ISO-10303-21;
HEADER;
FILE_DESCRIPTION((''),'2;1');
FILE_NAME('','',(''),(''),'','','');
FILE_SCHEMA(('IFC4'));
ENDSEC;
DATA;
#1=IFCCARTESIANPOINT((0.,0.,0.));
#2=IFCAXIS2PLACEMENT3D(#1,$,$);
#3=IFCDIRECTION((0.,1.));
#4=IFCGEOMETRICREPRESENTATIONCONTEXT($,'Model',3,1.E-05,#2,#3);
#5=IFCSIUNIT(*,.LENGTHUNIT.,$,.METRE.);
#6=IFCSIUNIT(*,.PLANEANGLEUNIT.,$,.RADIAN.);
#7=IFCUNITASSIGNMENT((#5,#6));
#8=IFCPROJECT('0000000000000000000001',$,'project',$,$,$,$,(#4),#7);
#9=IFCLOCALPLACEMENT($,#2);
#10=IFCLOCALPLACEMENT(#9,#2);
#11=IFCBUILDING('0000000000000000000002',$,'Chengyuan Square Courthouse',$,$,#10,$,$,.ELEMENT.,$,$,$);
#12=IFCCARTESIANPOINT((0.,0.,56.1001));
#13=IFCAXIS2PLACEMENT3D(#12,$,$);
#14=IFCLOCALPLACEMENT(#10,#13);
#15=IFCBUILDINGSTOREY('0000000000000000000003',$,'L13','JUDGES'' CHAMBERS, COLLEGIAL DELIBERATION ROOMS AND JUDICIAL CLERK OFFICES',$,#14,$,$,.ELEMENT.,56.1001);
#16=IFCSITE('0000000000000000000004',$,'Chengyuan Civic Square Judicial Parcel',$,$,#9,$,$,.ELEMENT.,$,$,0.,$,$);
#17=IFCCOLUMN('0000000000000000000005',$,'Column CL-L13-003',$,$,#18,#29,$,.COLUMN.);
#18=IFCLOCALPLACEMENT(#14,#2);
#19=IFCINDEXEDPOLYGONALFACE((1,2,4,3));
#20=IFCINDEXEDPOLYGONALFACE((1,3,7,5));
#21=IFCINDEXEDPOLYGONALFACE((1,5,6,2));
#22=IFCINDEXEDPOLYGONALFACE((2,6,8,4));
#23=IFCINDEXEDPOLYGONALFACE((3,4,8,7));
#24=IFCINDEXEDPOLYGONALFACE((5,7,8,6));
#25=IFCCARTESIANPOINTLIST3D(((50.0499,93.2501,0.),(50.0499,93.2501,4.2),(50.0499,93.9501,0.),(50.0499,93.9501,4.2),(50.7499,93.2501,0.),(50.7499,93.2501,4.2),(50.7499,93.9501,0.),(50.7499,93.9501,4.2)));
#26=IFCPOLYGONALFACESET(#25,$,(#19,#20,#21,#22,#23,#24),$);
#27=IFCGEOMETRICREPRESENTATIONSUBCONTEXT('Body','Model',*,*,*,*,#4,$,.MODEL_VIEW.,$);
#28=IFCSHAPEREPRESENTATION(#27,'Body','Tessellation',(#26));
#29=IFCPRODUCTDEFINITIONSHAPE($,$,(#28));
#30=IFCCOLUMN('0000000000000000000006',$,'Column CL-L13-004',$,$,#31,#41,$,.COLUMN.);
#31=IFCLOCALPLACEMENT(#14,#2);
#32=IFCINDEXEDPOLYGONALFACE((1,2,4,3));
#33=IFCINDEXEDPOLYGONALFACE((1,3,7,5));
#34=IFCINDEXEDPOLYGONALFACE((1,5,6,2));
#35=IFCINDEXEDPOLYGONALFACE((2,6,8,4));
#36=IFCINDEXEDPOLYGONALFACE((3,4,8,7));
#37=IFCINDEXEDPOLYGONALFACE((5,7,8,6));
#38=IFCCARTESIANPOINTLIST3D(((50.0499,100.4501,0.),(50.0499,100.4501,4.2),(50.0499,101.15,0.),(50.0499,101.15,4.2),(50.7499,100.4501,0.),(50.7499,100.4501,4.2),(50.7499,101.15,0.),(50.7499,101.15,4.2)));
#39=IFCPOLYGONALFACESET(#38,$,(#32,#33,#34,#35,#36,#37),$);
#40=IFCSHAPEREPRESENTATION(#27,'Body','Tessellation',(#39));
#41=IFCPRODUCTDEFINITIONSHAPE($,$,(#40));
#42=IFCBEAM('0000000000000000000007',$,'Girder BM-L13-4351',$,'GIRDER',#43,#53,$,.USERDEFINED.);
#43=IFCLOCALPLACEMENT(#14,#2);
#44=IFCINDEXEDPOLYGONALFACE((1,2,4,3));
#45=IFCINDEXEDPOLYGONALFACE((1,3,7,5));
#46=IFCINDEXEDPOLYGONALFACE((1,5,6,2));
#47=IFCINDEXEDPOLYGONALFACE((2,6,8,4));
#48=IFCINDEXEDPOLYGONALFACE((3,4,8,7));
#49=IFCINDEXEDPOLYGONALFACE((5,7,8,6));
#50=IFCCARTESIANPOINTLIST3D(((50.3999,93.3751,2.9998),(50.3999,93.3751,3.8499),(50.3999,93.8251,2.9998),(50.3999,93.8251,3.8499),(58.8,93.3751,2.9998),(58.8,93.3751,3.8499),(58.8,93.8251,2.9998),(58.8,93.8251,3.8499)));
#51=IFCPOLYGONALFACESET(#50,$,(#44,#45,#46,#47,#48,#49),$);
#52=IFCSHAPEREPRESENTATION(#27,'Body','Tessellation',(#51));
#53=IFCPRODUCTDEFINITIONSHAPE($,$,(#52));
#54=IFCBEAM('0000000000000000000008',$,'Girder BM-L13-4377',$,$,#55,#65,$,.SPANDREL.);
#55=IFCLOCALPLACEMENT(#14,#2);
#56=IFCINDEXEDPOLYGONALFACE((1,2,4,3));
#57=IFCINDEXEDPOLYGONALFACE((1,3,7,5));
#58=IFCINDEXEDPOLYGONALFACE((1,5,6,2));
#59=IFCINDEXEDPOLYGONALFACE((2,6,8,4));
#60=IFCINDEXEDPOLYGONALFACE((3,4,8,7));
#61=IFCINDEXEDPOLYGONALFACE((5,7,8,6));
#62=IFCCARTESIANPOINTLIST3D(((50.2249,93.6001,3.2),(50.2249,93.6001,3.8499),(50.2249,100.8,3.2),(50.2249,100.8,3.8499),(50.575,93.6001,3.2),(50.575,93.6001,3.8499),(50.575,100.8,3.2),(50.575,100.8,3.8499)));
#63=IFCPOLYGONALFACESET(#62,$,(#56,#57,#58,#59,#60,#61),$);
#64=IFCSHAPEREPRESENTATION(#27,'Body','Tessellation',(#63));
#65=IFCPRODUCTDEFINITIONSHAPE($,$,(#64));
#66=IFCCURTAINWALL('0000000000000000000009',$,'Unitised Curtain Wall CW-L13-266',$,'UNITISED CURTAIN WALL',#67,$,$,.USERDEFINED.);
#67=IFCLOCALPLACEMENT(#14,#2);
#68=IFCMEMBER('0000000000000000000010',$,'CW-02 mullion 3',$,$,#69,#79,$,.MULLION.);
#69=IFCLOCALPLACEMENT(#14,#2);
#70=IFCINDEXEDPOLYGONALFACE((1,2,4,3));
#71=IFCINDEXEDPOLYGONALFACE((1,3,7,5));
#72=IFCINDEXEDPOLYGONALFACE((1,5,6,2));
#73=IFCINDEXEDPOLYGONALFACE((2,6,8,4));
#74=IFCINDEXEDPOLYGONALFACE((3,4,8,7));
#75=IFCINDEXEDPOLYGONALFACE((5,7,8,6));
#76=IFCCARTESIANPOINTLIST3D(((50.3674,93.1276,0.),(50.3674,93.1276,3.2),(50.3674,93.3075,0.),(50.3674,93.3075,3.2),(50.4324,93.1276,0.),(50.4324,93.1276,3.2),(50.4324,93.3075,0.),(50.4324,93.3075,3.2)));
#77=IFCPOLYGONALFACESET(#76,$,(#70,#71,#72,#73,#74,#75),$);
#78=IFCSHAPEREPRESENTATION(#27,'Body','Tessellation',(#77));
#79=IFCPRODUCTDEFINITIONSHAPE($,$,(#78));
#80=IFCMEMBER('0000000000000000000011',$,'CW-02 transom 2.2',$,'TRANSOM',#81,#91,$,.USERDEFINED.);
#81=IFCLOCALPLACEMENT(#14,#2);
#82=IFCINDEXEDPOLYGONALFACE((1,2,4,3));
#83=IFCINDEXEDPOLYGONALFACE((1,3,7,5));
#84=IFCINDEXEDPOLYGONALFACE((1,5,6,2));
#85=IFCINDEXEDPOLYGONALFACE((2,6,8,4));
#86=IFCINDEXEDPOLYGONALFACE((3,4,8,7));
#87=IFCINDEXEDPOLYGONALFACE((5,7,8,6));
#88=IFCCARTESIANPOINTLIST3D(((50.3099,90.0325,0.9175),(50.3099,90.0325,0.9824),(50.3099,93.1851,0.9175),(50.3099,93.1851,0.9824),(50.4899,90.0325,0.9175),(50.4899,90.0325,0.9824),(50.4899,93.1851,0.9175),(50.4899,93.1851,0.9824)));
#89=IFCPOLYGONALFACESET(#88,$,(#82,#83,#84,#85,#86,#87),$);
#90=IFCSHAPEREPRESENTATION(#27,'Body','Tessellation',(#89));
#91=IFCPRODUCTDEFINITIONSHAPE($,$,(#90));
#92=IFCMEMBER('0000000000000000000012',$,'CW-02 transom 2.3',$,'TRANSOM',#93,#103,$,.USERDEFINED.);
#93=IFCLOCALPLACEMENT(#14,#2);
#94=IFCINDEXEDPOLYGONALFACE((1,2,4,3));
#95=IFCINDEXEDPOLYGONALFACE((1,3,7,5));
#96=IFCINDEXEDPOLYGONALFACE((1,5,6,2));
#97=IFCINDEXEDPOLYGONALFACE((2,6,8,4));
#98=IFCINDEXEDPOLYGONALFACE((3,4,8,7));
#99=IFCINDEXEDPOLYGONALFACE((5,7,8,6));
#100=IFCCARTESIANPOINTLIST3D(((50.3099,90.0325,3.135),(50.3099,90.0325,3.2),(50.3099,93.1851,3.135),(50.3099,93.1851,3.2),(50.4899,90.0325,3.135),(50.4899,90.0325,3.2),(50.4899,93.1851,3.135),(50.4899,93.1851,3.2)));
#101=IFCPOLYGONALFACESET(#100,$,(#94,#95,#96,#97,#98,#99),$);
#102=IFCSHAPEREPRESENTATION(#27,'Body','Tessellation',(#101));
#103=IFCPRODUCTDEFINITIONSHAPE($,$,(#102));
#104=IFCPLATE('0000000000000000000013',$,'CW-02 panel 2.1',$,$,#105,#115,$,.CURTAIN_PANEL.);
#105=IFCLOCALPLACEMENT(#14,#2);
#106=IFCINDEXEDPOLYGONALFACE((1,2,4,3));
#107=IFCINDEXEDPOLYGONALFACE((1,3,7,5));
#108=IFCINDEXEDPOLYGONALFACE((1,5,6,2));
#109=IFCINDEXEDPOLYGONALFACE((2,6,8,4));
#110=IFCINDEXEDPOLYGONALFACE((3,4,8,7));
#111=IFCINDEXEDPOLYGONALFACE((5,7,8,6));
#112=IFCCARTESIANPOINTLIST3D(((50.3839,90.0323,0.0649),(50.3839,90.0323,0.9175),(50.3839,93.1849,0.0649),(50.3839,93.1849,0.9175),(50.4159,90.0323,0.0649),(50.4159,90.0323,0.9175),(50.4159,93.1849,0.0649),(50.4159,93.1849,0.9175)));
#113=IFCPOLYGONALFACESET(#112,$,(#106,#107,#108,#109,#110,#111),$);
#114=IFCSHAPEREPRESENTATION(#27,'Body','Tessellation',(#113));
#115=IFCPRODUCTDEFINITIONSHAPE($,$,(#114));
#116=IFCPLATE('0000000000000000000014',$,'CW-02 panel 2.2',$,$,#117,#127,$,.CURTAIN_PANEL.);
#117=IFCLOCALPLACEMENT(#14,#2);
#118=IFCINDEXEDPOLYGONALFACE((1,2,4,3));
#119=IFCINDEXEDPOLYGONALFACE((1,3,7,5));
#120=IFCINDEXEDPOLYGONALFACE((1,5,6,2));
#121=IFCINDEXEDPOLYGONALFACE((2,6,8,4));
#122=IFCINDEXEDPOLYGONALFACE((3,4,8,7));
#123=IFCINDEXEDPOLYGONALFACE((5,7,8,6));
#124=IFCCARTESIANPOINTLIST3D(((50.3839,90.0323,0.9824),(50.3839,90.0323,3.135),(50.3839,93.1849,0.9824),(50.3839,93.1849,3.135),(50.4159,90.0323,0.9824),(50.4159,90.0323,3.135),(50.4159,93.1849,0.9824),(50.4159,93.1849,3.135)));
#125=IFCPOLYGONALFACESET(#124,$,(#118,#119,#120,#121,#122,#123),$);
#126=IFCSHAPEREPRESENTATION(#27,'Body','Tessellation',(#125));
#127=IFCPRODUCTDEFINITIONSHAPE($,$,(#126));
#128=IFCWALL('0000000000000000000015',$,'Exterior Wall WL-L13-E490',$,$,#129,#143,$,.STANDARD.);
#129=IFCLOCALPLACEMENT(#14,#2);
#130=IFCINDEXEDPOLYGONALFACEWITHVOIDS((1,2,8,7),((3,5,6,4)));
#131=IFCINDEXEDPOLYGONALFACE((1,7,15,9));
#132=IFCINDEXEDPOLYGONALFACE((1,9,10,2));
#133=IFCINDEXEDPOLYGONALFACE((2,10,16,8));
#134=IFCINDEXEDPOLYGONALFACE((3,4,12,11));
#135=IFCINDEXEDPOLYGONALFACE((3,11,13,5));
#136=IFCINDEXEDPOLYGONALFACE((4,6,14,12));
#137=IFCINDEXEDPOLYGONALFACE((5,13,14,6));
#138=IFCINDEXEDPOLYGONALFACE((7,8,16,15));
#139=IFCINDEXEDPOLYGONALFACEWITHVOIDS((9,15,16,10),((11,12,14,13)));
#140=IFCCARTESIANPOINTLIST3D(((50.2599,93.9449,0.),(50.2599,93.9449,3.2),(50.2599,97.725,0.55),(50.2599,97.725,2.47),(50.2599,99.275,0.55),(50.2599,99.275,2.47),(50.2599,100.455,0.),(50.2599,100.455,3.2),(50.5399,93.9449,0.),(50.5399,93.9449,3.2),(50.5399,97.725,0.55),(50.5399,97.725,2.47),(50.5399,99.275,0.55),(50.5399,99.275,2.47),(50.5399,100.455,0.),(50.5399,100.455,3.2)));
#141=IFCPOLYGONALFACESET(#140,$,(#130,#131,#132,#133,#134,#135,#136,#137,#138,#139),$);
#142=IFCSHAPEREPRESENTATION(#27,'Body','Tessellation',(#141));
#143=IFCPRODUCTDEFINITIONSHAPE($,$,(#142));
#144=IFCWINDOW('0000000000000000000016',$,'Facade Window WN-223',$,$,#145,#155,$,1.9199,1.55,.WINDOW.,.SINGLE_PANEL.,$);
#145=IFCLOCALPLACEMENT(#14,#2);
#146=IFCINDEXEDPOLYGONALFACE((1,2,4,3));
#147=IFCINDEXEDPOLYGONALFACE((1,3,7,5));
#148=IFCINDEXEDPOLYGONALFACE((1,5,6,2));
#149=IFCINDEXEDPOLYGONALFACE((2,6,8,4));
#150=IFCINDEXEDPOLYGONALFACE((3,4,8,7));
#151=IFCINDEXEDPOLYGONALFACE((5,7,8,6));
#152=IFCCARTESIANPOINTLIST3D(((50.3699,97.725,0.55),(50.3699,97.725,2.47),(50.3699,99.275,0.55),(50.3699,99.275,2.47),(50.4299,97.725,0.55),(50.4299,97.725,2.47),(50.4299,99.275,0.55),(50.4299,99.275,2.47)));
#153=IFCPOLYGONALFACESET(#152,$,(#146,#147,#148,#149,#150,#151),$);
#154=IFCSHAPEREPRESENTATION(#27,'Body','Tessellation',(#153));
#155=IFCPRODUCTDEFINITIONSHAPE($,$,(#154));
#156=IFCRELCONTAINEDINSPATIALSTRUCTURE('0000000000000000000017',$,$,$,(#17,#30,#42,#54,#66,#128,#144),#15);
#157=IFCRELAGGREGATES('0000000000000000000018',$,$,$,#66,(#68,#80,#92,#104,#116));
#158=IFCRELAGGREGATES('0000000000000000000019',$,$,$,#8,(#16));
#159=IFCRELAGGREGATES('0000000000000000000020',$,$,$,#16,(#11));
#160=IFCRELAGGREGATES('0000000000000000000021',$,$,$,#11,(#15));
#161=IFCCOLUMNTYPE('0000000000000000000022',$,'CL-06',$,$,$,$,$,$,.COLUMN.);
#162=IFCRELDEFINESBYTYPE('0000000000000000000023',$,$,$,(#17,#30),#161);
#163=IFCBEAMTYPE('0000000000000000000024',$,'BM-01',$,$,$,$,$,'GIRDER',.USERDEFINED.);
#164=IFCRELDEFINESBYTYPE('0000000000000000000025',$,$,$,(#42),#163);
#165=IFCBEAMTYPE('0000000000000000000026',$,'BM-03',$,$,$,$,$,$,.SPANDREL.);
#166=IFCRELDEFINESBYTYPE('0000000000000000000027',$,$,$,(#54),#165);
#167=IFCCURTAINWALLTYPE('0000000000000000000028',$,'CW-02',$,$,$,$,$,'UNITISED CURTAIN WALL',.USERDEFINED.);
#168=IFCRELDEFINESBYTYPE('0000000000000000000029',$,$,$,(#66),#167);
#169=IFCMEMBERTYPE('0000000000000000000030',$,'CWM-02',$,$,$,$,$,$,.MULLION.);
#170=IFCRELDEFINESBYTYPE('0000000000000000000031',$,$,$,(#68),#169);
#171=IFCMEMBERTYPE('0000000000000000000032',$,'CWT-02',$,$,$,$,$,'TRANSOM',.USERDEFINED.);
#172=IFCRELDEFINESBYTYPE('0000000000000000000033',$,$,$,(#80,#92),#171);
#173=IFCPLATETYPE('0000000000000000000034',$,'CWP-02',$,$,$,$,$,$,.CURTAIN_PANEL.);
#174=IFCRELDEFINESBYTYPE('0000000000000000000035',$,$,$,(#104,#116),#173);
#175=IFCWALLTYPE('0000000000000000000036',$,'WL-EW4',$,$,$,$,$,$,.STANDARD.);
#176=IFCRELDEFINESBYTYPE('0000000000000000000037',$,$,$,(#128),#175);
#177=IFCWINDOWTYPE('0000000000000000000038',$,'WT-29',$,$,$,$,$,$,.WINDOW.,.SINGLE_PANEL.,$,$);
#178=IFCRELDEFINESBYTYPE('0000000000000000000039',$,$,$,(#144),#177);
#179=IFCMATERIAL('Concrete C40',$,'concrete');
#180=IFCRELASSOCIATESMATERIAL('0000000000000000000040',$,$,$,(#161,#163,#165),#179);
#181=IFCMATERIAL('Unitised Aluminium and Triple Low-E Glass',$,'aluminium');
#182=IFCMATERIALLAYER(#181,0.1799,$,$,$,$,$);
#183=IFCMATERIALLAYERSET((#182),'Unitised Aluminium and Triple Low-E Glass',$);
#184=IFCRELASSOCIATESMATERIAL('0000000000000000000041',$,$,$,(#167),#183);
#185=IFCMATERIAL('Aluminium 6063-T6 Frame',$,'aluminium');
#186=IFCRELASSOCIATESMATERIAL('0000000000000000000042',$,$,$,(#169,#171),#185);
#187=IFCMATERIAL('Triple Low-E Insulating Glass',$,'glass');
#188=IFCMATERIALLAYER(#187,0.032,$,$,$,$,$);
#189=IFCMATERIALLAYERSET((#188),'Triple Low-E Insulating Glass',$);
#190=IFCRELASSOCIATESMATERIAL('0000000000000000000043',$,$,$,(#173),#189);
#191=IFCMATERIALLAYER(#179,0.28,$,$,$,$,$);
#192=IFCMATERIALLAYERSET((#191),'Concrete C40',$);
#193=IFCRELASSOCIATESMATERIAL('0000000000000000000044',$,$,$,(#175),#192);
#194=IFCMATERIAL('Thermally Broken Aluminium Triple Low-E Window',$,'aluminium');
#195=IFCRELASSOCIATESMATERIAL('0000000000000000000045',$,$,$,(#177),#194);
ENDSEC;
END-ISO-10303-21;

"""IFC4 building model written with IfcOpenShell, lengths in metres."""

from ifc_helpers import new_model, si_unit, direction, frame, frame_2d, origin, origin_2d, place, context, subcontext, project, spatial, rectangle, extrude, material, layer, layer_set, material_profile, profile_set, type_object, element, fill, aggregate, save


model = new_model("IFC4")

# Units and contexts
model_context = context("Model", 3, precision=1e-05, world=origin(), true_north=direction((0.0, 1.0)))
body_context = subcontext(model_context, "Body", "Model", "MODEL_VIEW")
ifc_project = project(units=[si_unit("LENGTHUNIT", "METRE"), si_unit("PLANEANGLEUNIT", "RADIAN")], contexts=[model_context])

# Site, building, storey
site_placement = place(None, origin())
site = spatial("IfcSite", under=ifc_project, at=site_placement, Name="Chengyuan Civic Square Judicial Parcel", CompositionType="ELEMENT", RefElevation=0.0)
building_placement = place(site_placement, origin())
building = spatial("IfcBuilding", under=site, at=building_placement, Name="Chengyuan Square Courthouse", CompositionType="ELEMENT")
storey_placement = place(building_placement, frame((0.0, 0.0, 56.1001)))
storey = spatial("IfcBuildingStorey", under=building, at=storey_placement, Name="L13", Description="JUDGES' CHAMBERS, COLLEGIAL DELIBERATION ROOMS AND JUDICIAL CLERK OFFICES", CompositionType="ELEMENT", Elevation=56.1001)

# Columns
ifc_material_1 = material(Name="Concrete C40", Category="concrete")
ifc_material_profile_1 = material_profile(ifc_material_1, rectangle(XDim=0.7, YDim=0.7, at=origin_2d()), Name="RC-COL-700x700")
ifc_profile_set_1 = profile_set([ifc_material_profile_1], Name="Concrete C40")
column_type = type_object("IfcColumnType", Name="CL-06", PredefinedType="COLUMN", material=ifc_profile_set_1)
for number, where, z_axis, x_axis, name in (
    (1, (50.3999, 93.6001, 0.0), (0.0, 0.0, 1.0), (1.0, 0.0, 0.0), "Column CL-L13-003"),
    (2, (50.3999, 100.8, 0.0), (0.0, 0.0, 1.0), (1.0, 0.0, 0.0), "Column CL-L13-004"),
):
    element("IfcColumn", number, at=place(storey_placement, frame(where, z_axis=z_axis, x_axis=x_axis)), inside=storey, type_object=column_type, Name=name, PredefinedType="COLUMN", context=body_context, shape_type="SweptSolid", body=[
        extrude(rectangle(XDim=0.7, YDim=0.7, at=origin_2d()), origin(), (0.0, 0.0, 1.0), 4.2),
    ])

# Beams
ifc_material_profile_2 = material_profile(ifc_material_1, rectangle(XDim=0.45, YDim=0.8501, at=origin_2d()), Name="RC-BM-450x850")
ifc_profile_set_2 = profile_set([ifc_material_profile_2], Name="Concrete C40")
beam_type_1 = type_object("IfcBeamType", Name="BM-01", ElementType="GIRDER", PredefinedType="USERDEFINED", material=ifc_profile_set_2)
beam_1_placement = place(storey_placement, frame((50.3999, 93.6001, 3.4248), z_axis=(1.0, 0.0, 0.0), x_axis=(0.0, 1.0, 0.0)))
element("IfcBeam", 3, at=beam_1_placement, inside=storey, type_object=beam_type_1, Name="Girder BM-L13-4351", ObjectType="GIRDER", PredefinedType="USERDEFINED", context=body_context, shape_type="SweptSolid", body=[
    extrude(rectangle(XDim=0.45, YDim=0.8501, at=origin_2d()), origin(), (0.0, 0.0, 1.0), 8.4001),
])
ifc_material_profile_3 = material_profile(ifc_material_1, rectangle(XDim=0.3501, YDim=0.6499, at=origin_2d()), Name="RC-BM-350x650")
ifc_profile_set_3 = profile_set([ifc_material_profile_3], Name="Concrete C40")
beam_type_2 = type_object("IfcBeamType", Name="BM-03", PredefinedType="SPANDREL", material=ifc_profile_set_3)
beam_2_placement = place(storey_placement, frame((50.3999, 93.6001, 3.5249), z_axis=(0.0, 1.0, 0.0), x_axis=(-1.0, 0.0, 0.0)))
element("IfcBeam", 4, at=beam_2_placement, inside=storey, type_object=beam_type_2, Name="Girder BM-L13-4377", PredefinedType="SPANDREL", context=body_context, shape_type="SweptSolid", body=[
    extrude(rectangle(XDim=0.3501, YDim=0.6499, at=origin_2d()), origin(), (0.0, 0.0, 1.0), 7.2),
])

# Curtain wall, members, plates
ifc_material_2 = material(Name="Unitised Aluminium and Triple Low-E Glass", Category="aluminium")
ifc_layer_1 = layer(ifc_material_2, 0.1799)
ifc_layer_set_1 = layer_set([ifc_layer_1], Name="Unitised Aluminium and Triple Low-E Glass")
curtain_wall_type = type_object("IfcCurtainWallType", Name="CW-02", ElementType="UNITISED CURTAIN WALL", PredefinedType="USERDEFINED", material=ifc_layer_set_1)
curtain_wall_placement = place(storey_placement, origin())
curtain_wall = element("IfcCurtainWall", 5, at=curtain_wall_placement, inside=storey, type_object=curtain_wall_type, Name="Unitised Curtain Wall CW-L13-266", ObjectType="UNITISED CURTAIN WALL", PredefinedType="USERDEFINED")
ifc_material_3 = material(Name="Aluminium 6063-T6 Frame", Category="aluminium")
ifc_material_profile_4 = material_profile(ifc_material_3, rectangle(XDim=0.0649, YDim=0.1799, at=origin_2d()), Name="CW-MUL-65x180")
ifc_profile_set_4 = profile_set([ifc_material_profile_4], Name="Aluminium 6063-T6 Frame")
member_type_1 = type_object("IfcMemberType", Name="CWM-02", PredefinedType="MULLION", material=ifc_profile_set_4)
member_1_placement = place(storey_placement, frame((50.3999, 93.2175, 0.0), z_axis=(0.0, 0.0, 1.0), x_axis=(-1.0, 0.0, 0.0)))
member_1 = element("IfcMember", 6, at=member_1_placement, type_object=member_type_1, Name="CW-02 mullion 3", PredefinedType="MULLION", context=body_context, shape_type="SweptSolid", body=[
    extrude(rectangle(XDim=0.0649, YDim=0.1799, at=origin_2d()), origin(), (0.0, 0.0, 1.0), 3.2),
])
ifc_material_profile_5 = material_profile(ifc_material_3, rectangle(XDim=0.1799, YDim=0.0649, at=origin_2d()), Name="CW-TRN-65x140")
ifc_profile_set_5 = profile_set([ifc_material_profile_5], Name="Aluminium 6063-T6 Frame")
member_type_2 = type_object("IfcMemberType", Name="CWT-02", ElementType="TRANSOM", PredefinedType="USERDEFINED", material=ifc_profile_set_5)
member_2_placement = place(storey_placement, frame((50.3999, 90.0325, 0.95), z_axis=(0.0, 1.0, 0.0), x_axis=(-1.0, 0.0, 0.0)))
member_2 = element("IfcMember", 7, at=member_2_placement, type_object=member_type_2, Name="CW-02 transom 2.2", ObjectType="TRANSOM", PredefinedType="USERDEFINED", context=body_context, shape_type="SweptSolid", body=[
    extrude(rectangle(XDim=0.1799, YDim=0.0649, at=origin_2d()), origin(), (0.0, 0.0, 1.0), 3.1526),
])
member_3_placement = place(storey_placement, frame((50.3999, 90.0325, 3.1675), z_axis=(0.0, 1.0, 0.0), x_axis=(-1.0, 0.0, 0.0)))
member_3 = element("IfcMember", 8, at=member_3_placement, type_object=member_type_2, Name="CW-02 transom 2.3", ObjectType="TRANSOM", PredefinedType="USERDEFINED", context=body_context, shape_type="SweptSolid", body=[
    extrude(rectangle(XDim=0.1799, YDim=0.0649, at=origin_2d()), origin(), (0.0, 0.0, 1.0), 3.1526),
])
ifc_material_4 = material(Name="Triple Low-E Insulating Glass", Category="glass")
ifc_layer_2 = layer(ifc_material_4, 0.032)
ifc_layer_set_2 = layer_set([ifc_layer_2], Name="Triple Low-E Insulating Glass")
plate_type = type_object("IfcPlateType", Name="CWP-02", PredefinedType="CURTAIN_PANEL", material=ifc_layer_set_2)
plate_1_placement = place(storey_placement, frame((50.3999, 91.6086, 0.0649), z_axis=(0.0, 0.0, 1.0), x_axis=(0.0, 1.0, 0.0)))
plate_1 = element("IfcPlate", 9, at=plate_1_placement, type_object=plate_type, Name="CW-02 panel 2.1", PredefinedType="CURTAIN_PANEL", context=body_context, shape_type="SweptSolid", body=[
    extrude(rectangle(XDim=3.1526, YDim=0.032, at=origin_2d()), origin(), (0.0, 0.0, 1.0), 0.8525),
])
plate_2_placement = place(storey_placement, frame((50.3999, 91.6086, 0.9824), z_axis=(0.0, 0.0, 1.0), x_axis=(0.0, 1.0, 0.0)))
plate_2 = element("IfcPlate", 10, at=plate_2_placement, type_object=plate_type, Name="CW-02 panel 2.2", PredefinedType="CURTAIN_PANEL", context=body_context, shape_type="SweptSolid", body=[
    extrude(rectangle(XDim=3.1526, YDim=0.032, at=origin_2d()), origin(), (0.0, 0.0, 1.0), 2.1526),
])
aggregate(curtain_wall, [member_1, member_2, member_3, plate_1, plate_2])

# Wall, opening, window
ifc_layer_3 = layer(ifc_material_1, 0.28)
ifc_layer_set_3 = layer_set([ifc_layer_3], Name="Concrete C40")
wall_type_1 = type_object("IfcWallType", Name="WL-EW4", PredefinedType="STANDARD", material=ifc_layer_set_3)
wall_1_placement = place(storey_placement, frame((50.3999, 93.9451, 0.0), z_axis=(0.0, 0.0, 1.0), x_axis=(0.0, 1.0, 0.0)))
wall_1 = element("IfcWall", 11, at=wall_1_placement, inside=storey, type_object=wall_type_1, Name="Exterior Wall WL-L13-E490", PredefinedType="STANDARD", context=body_context, shape_type="SweptSolid", body=[
    extrude(rectangle(XDim=6.51, YDim=0.28, at=frame_2d((3.2549, 0.0))), origin(), (0.0, 0.0, 1.0), 3.2),
])
opening_1_placement = place(wall_1_placement, frame((3.78, 0.0, 0.55)))
opening_1 = element("IfcOpeningElement", 12, at=opening_1_placement, cuts=wall_1, PredefinedType="OPENING", context=body_context, shape_type="SweptSolid", body=[
    extrude(rectangle(XDim=1.55, YDim=1.9199, at=frame_2d((0.7749, 0.96))), frame((0.0, 0.1521, 0.0), z_axis=(0.0, -1.0, 0.0), x_axis=(1.0, 0.0, 0.0)), (0.0, 0.0, 1.0), 0.304),
])
ifc_material_5 = material(Name="Thermally Broken Aluminium Triple Low-E Window", Category="aluminium")
window_type = type_object("IfcWindowType", Name="WT-29", PartitioningType="SINGLE_PANEL", PredefinedType="WINDOW", material=ifc_material_5)
window_placement = place(opening_1_placement, origin())
window = element("IfcWindow", 13, at=window_placement, inside=storey, type_object=window_type, Name="Facade Window WN-223", OverallHeight=1.9199, OverallWidth=1.55, PartitioningType="SINGLE_PANEL", PredefinedType="WINDOW", context=body_context, shape_type="SweptSolid", body=[
    extrude(rectangle(XDim=1.55, YDim=1.9199, at=frame_2d((0.7749, 0.96))), frame((0.0, 0.03, 0.0), z_axis=(0.0, -1.0, 0.0), x_axis=(1.0, 0.0, 0.0)), (0.0, 0.0, 1.0), 0.0601),
])
fill(opening_1, window)

save(model, "model.ifc")
